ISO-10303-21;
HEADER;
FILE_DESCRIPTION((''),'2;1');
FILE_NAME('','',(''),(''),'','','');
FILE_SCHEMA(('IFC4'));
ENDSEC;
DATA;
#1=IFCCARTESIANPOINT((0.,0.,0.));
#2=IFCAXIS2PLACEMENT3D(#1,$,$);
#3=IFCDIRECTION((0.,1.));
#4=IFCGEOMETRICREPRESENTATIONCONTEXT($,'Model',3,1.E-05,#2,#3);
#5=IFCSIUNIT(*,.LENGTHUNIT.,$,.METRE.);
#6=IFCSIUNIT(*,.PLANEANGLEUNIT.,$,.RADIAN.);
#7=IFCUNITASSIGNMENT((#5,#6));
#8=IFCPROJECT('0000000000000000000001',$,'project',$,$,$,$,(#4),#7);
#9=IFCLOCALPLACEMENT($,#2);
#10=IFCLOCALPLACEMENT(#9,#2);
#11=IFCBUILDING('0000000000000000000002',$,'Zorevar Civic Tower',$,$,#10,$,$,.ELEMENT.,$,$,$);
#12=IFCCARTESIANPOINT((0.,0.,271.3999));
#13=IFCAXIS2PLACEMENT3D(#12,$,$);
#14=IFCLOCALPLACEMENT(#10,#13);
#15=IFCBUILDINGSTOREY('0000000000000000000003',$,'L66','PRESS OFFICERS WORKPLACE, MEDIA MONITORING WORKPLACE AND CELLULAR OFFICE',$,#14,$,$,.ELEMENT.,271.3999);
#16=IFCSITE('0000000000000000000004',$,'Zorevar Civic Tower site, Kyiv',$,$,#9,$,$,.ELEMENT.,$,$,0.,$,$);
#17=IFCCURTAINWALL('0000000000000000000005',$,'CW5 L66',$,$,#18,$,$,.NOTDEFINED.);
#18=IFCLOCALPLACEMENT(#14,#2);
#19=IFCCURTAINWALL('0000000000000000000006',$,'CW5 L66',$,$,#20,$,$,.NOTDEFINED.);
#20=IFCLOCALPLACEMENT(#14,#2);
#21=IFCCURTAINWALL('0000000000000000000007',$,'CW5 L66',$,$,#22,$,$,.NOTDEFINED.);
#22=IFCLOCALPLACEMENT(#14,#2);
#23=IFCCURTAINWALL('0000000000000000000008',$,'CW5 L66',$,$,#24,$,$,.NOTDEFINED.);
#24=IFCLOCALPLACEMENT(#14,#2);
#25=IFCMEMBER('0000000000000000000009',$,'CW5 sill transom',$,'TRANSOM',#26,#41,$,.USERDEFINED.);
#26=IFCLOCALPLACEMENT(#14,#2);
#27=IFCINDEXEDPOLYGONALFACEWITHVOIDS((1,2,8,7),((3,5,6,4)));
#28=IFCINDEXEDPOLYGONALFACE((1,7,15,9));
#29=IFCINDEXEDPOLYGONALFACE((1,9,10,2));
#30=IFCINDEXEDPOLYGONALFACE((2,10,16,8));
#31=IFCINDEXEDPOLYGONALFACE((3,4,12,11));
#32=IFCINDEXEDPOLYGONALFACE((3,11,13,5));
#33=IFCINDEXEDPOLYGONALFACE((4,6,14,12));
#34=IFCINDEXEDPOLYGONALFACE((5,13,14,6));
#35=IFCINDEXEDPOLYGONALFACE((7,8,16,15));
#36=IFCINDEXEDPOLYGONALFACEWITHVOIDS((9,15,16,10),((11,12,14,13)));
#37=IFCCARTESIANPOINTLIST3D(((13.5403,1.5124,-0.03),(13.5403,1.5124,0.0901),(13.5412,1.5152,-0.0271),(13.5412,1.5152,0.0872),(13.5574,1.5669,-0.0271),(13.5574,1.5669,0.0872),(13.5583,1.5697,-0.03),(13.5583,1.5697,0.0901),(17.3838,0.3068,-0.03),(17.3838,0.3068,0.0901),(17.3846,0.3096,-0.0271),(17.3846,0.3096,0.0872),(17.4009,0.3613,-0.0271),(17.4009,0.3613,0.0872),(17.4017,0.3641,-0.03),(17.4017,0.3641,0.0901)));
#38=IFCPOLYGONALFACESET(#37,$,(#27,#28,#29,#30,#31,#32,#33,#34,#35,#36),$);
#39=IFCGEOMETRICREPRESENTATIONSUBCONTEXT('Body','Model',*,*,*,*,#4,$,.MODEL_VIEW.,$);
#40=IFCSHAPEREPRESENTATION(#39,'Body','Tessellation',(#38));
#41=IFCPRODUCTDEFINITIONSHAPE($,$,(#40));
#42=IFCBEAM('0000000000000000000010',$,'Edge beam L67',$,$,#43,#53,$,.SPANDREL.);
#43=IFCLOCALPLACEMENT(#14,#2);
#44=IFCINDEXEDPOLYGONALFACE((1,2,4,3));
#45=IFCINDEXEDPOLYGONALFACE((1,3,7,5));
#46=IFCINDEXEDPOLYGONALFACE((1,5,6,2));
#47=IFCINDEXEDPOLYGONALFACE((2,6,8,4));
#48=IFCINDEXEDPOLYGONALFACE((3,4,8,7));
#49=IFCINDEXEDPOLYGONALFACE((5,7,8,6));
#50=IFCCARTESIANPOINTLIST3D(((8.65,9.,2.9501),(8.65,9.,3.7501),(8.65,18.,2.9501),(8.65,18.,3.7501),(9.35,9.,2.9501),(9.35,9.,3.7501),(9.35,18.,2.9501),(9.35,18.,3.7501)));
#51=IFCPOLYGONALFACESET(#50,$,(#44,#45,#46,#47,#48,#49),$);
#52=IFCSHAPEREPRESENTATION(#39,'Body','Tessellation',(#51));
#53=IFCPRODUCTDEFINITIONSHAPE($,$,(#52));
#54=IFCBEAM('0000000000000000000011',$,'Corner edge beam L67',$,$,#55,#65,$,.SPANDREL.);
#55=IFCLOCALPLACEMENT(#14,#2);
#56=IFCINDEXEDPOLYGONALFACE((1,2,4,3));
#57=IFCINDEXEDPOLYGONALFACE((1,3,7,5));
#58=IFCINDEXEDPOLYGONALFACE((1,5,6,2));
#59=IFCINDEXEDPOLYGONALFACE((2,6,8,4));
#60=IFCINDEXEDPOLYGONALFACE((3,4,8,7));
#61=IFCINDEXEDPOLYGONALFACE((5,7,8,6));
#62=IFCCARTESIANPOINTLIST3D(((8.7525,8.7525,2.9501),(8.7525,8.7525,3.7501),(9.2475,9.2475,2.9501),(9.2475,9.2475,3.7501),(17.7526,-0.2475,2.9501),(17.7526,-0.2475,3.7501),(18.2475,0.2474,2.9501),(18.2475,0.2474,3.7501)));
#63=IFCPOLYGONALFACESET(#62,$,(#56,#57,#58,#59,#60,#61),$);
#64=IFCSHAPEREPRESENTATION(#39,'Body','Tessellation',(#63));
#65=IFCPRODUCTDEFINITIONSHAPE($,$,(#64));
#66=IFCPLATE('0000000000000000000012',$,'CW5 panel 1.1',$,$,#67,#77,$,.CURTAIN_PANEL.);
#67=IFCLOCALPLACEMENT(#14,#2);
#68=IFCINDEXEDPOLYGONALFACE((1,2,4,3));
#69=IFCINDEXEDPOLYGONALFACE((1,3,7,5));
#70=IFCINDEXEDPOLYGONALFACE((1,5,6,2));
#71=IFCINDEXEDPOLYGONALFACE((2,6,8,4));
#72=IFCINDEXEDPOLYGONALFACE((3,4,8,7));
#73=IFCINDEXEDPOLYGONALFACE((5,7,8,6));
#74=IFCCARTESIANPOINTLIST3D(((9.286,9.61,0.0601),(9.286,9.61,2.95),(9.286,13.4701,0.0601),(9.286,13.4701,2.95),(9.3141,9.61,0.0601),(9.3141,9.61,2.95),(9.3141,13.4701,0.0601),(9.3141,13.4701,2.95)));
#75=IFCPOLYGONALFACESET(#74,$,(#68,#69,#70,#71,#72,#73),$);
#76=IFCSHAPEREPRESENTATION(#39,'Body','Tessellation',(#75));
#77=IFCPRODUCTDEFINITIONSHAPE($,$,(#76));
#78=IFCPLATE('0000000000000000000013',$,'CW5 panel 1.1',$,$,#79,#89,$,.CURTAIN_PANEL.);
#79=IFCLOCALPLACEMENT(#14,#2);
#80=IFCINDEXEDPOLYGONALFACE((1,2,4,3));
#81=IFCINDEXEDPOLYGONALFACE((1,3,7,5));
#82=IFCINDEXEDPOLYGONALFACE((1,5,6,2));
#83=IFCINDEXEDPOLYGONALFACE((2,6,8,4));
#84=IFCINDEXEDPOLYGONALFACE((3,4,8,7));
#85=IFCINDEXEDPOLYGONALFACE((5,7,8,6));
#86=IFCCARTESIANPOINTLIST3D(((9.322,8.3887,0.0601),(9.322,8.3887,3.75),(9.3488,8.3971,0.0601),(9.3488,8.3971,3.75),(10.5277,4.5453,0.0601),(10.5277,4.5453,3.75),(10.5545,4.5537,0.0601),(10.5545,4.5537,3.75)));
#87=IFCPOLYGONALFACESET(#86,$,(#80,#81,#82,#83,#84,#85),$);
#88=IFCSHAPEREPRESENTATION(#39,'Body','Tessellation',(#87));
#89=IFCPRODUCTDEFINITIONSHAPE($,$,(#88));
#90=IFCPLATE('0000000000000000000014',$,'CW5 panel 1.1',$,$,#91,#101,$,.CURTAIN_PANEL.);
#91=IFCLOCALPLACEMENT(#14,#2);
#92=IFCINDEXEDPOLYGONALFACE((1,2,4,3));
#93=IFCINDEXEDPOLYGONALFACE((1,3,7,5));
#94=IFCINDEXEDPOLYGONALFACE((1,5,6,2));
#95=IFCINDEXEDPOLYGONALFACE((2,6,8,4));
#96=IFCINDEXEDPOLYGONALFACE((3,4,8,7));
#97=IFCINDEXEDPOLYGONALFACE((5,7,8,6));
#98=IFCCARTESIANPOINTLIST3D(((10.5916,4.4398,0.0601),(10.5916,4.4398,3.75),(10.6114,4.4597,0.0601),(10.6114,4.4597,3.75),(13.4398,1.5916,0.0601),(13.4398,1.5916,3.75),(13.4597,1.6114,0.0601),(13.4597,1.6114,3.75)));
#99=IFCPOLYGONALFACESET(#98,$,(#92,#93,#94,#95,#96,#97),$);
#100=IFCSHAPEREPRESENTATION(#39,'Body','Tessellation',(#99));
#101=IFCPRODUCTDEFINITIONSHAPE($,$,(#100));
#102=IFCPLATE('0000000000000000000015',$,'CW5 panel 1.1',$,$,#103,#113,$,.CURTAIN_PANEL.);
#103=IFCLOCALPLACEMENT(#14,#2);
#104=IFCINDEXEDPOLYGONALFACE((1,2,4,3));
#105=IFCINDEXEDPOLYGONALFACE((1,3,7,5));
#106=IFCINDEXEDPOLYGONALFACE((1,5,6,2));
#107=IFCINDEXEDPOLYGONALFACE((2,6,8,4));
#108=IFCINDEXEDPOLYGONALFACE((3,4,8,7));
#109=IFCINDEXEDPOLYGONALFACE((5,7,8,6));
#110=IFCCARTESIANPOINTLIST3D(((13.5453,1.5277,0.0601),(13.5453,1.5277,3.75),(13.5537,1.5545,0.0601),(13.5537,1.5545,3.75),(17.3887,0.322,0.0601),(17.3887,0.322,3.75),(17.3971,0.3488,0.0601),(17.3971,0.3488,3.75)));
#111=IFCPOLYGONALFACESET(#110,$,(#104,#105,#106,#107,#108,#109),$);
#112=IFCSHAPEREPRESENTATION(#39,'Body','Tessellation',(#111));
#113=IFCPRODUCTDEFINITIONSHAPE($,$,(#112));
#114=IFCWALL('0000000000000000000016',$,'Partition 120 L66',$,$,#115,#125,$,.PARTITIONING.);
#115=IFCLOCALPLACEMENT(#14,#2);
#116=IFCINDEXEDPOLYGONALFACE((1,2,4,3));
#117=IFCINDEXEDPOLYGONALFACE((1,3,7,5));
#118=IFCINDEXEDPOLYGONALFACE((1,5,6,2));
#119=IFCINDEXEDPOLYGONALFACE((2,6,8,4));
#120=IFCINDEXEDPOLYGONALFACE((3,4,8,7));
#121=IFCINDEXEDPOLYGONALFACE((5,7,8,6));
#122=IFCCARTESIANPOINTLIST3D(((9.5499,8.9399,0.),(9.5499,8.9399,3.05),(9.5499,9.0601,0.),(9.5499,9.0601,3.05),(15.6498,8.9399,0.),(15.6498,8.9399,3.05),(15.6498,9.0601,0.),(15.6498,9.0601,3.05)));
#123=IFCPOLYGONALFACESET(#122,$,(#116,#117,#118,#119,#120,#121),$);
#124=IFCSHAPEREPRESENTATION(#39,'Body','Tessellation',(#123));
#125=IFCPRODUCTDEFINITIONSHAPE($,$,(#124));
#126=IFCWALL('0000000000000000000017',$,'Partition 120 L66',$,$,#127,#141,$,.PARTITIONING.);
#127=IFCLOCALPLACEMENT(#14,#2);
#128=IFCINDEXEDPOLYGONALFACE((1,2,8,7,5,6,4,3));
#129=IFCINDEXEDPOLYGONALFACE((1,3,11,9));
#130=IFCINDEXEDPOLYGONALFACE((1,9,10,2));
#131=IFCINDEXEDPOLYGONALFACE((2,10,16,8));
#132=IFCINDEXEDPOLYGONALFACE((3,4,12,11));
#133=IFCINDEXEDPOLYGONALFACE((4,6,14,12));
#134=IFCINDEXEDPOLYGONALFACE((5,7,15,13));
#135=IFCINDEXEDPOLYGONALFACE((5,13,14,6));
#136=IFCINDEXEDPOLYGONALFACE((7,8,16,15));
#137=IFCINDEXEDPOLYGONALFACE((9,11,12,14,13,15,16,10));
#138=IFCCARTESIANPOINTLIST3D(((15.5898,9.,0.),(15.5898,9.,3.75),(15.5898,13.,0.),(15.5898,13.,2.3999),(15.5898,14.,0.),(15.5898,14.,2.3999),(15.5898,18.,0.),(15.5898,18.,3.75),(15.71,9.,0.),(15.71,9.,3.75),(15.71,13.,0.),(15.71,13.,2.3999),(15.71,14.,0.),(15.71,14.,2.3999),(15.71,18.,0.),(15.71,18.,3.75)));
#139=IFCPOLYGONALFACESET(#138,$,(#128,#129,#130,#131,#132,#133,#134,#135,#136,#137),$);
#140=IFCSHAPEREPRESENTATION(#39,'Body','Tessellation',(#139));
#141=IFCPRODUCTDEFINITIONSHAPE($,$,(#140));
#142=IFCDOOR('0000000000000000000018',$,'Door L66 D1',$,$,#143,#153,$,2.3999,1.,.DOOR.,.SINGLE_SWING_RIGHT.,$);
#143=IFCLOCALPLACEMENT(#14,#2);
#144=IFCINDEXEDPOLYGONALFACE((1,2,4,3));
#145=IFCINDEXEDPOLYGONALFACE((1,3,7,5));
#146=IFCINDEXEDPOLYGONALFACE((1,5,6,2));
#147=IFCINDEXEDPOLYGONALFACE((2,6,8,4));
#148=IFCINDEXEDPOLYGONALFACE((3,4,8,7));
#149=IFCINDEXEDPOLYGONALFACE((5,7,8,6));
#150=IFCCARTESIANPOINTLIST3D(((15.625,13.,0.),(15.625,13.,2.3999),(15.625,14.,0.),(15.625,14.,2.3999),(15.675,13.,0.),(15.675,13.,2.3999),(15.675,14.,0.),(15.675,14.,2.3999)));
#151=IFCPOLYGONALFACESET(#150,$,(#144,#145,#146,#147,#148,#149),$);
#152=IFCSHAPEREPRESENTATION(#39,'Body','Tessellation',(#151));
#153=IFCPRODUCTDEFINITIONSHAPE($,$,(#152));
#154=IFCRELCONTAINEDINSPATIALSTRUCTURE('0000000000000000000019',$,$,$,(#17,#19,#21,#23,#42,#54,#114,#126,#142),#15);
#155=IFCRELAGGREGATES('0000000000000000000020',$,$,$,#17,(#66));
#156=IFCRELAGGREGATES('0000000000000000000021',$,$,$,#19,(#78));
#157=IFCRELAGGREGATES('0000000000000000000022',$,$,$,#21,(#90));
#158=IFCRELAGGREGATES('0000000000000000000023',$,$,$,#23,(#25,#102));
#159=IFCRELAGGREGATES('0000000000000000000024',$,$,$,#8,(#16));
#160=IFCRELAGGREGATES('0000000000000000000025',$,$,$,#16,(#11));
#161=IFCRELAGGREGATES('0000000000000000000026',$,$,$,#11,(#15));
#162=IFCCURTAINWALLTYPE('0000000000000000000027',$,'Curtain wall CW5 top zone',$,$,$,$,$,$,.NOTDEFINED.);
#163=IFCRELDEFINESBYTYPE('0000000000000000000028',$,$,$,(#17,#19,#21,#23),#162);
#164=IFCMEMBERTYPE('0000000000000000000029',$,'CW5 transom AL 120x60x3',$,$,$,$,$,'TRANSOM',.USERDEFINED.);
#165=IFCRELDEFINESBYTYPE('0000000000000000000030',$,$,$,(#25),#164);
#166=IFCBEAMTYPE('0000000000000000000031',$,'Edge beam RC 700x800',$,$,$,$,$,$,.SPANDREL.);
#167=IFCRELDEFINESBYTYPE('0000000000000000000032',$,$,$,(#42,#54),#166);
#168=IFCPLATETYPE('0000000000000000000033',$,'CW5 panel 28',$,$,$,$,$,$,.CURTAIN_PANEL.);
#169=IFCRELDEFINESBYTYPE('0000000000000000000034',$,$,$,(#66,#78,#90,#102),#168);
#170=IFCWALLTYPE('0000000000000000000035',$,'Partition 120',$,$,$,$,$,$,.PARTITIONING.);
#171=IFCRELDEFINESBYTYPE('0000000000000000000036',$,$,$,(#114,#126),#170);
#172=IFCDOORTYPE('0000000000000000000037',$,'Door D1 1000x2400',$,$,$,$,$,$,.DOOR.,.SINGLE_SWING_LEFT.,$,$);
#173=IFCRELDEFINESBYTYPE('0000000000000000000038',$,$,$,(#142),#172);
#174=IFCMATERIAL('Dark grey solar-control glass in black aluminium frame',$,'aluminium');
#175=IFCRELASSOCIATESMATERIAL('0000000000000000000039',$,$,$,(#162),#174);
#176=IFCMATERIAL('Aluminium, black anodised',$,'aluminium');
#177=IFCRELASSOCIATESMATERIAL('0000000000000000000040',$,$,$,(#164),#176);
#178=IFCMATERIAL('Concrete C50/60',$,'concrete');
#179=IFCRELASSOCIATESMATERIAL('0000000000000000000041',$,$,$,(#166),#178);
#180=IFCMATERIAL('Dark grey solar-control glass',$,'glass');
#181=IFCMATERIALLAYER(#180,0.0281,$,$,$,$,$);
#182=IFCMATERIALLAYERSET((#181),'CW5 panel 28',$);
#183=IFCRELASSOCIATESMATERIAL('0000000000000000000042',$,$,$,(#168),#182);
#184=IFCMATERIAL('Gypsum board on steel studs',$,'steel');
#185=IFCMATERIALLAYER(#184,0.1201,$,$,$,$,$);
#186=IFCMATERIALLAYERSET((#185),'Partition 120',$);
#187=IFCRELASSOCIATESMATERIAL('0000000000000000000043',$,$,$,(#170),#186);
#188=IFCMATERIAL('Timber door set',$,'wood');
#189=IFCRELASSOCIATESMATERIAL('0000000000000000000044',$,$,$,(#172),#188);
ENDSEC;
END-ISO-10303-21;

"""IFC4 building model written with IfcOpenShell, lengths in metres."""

from ifc_helpers import new_model, si_unit, direction, frame, frame_2d, origin, origin_2d, place, context, subcontext, project, spatial, rectangle, hollow_rectangle, extrude, material, layer, layer_set, material_profile, profile_set, type_object, element, fill, aggregate, save


model = new_model("IFC4")

# Units and contexts
model_context = context("Model", 3, precision=1e-05, world=origin(), true_north=direction((0.0, 1.0)))
body_context = subcontext(model_context, "Body", "Model", "MODEL_VIEW")
ifc_project = project(units=[si_unit("LENGTHUNIT", "METRE"), si_unit("PLANEANGLEUNIT", "RADIAN")], contexts=[model_context])

# Site, building, storey
site_placement = place(None, origin())
site = spatial("IfcSite", under=ifc_project, at=site_placement, Name="Zorevar Civic Tower site, Kyiv", CompositionType="ELEMENT", RefElevation=0.0)
building_placement = place(site_placement, origin())
building = spatial("IfcBuilding", under=site, at=building_placement, Name="Zorevar Civic Tower", CompositionType="ELEMENT")
storey_placement = place(building_placement, frame((0.0, 0.0, 271.3999)))
storey = spatial("IfcBuildingStorey", under=building, at=storey_placement, Name="L66", Description="PRESS OFFICERS WORKPLACE, MEDIA MONITORING WORKPLACE AND CELLULAR OFFICE", CompositionType="ELEMENT", Elevation=271.3999)

# Curtain walls
ifc_material_1 = material(Name="Dark grey solar-control glass in black aluminium frame", Category="aluminium")
curtain_wall_type = type_object("IfcCurtainWallType", Name="Curtain wall CW5 top zone", PredefinedType="NOTDEFINED", material=ifc_material_1)
curtain_wall_1_placement = place(storey_placement, origin())
curtain_wall_1 = element("IfcCurtainWall", 1, at=curtain_wall_1_placement, inside=storey, type_object=curtain_wall_type, Name="CW5 L66", PredefinedType="NOTDEFINED")
curtain_wall_2_placement = place(storey_placement, origin())
curtain_wall_2 = element("IfcCurtainWall", 2, at=curtain_wall_2_placement, inside=storey, type_object=curtain_wall_type, Name="CW5 L66", PredefinedType="NOTDEFINED")
curtain_wall_3_placement = place(storey_placement, origin())
curtain_wall_3 = element("IfcCurtainWall", 3, at=curtain_wall_3_placement, inside=storey, type_object=curtain_wall_type, Name="CW5 L66", PredefinedType="NOTDEFINED")

# Curtain wall
curtain_wall_4_placement = place(storey_placement, origin())
curtain_wall_4 = element("IfcCurtainWall", 4, at=curtain_wall_4_placement, inside=storey, type_object=curtain_wall_type, Name="CW5 L66", PredefinedType="NOTDEFINED")

# Member
ifc_material_2 = material(Name="Aluminium, black anodised", Category="aluminium")
ifc_material_profile_1 = material_profile(ifc_material_2, hollow_rectangle(XDim=0.0601, YDim=0.1201, WallThickness=0.0029, at=origin_2d()), Name="AL 120x60x3")
ifc_profile_set_1 = profile_set([ifc_material_profile_1], Name="Aluminium, black anodised")
member_type_1 = type_object("IfcMemberType", Name="CW5 transom AL 120x60x3", ElementType="TRANSOM", PredefinedType="USERDEFINED", material=ifc_profile_set_1)
member_1_placement = place(storey_placement, frame((13.5493, 1.541, 0.03), z_axis=(0.954163, -0.299286, 0.0), x_axis=(0.299286, 0.954163, 0.0)))
member_1 = element("IfcMember", 5, at=member_1_placement, type_object=member_type_1, Name="CW5 sill transom", ObjectType="TRANSOM", PredefinedType="USERDEFINED", context=body_context, shape_type="SweptSolid", body=[
    extrude(hollow_rectangle(XDim=0.0601, YDim=0.1201, WallThickness=0.0029, at=origin_2d()), origin(), (0.0, 0.0, 1.0), 4.0281),
])

# Beams
ifc_material_3 = material(Name="Concrete C50/60", Category="concrete")
ifc_material_profile_2 = material_profile(ifc_material_3, rectangle(XDim=0.7, YDim=0.8, at=origin_2d()), Name="RC 700x800")
ifc_profile_set_2 = profile_set([ifc_material_profile_2], Name="Concrete C50/60")
beam_type_1 = type_object("IfcBeamType", Name="Edge beam RC 700x800", PredefinedType="SPANDREL", material=ifc_profile_set_2)
beam_1_placement = place(storey_placement, frame((9.0, 9.0, 3.3501), z_axis=(0.0, 1.0, 0.0), x_axis=(-1.0, 0.0, 0.0)))
element("IfcBeam", 6, at=beam_1_placement, inside=storey, type_object=beam_type_1, Name="Edge beam L67", PredefinedType="SPANDREL", context=body_context, shape_type="SweptSolid", body=[
    extrude(rectangle(XDim=0.7, YDim=0.8, at=origin_2d()), origin(), (0.0, 0.0, 1.0), 9.0),
])
beam_2_placement = place(storey_placement, frame((9.0, 9.0, 3.3501), z_axis=(0.707107, -0.707107, 0.0), x_axis=(0.707107, 0.707107, 0.0)))
element("IfcBeam", 7, at=beam_2_placement, inside=storey, type_object=beam_type_1, Name="Corner edge beam L67", PredefinedType="SPANDREL", context=body_context, shape_type="SweptSolid", body=[
    extrude(rectangle(XDim=0.7, YDim=0.8, at=origin_2d()), origin(), (0.0, 0.0, 1.0), 12.728),
])

# Plates
ifc_material_4 = material(Name="Dark grey solar-control glass", Category="glass")
ifc_layer_1 = layer(ifc_material_4, 0.0281)
ifc_layer_set_1 = layer_set([ifc_layer_1], Name="CW5 panel 28")
plate_type = type_object("IfcPlateType", Name="CW5 panel 28", PredefinedType="CURTAIN_PANEL", material=ifc_layer_set_1)
plate_1_placement = place(storey_placement, frame((9.3, 11.54, 0.0601), z_axis=(0.0, 0.0, 1.0), x_axis=(0.0, 1.0, 0.0)))
plate_1 = element("IfcPlate", 8, at=plate_1_placement, type_object=plate_type, Name="CW5 panel 1.1", PredefinedType="CURTAIN_PANEL", context=body_context, shape_type="SweptSolid", body=[
    extrude(rectangle(XDim=3.8601, YDim=0.0281, at=origin_2d()), origin(), (0.0, 0.0, 1.0), 2.8899),
])
aggregate(curtain_wall_1, [plate_1])
plate_2_placement = place(storey_placement, frame((9.9382, 6.4712, 0.0601), z_axis=(0.0, 0.0, 1.0), x_axis=(0.299318, -0.954153, 0.0)))
plate_2 = element("IfcPlate", 9, at=plate_2_placement, type_object=plate_type, Name="CW5 panel 1.1", PredefinedType="CURTAIN_PANEL", context=body_context, shape_type="SweptSolid", body=[
    extrude(rectangle(XDim=4.0281, YDim=0.0281, at=origin_2d()), origin(), (0.0, 0.0, 1.0), 3.6899),
])
aggregate(curtain_wall_2, [plate_2])
plate_3_placement = place(storey_placement, frame((12.0256, 3.0256, 0.0601), z_axis=(0.0, 0.0, 1.0), x_axis=(0.707107, -0.707107, 0.0)))
plate_3 = element("IfcPlate", 10, at=plate_3_placement, type_object=plate_type, Name="CW5 panel 1.1", PredefinedType="CURTAIN_PANEL", context=body_context, shape_type="SweptSolid", body=[
    extrude(rectangle(XDim=4.0281, YDim=0.0281, at=origin_2d()), origin(), (0.0, 0.0, 1.0), 3.6899),
])
aggregate(curtain_wall_3, [plate_3])
plate_4_placement = place(storey_placement, frame((15.4712, 0.9382, 0.0601), z_axis=(0.0, 0.0, 1.0), x_axis=(0.954153, -0.299318, 0.0)))
plate_4 = element("IfcPlate", 11, at=plate_4_placement, type_object=plate_type, Name="CW5 panel 1.1", PredefinedType="CURTAIN_PANEL", context=body_context, shape_type="SweptSolid", body=[
    extrude(rectangle(XDim=4.0281, YDim=0.0281, at=origin_2d()), origin(), (0.0, 0.0, 1.0), 3.6899),
])
aggregate(curtain_wall_4, [member_1, plate_4])

# Wall
ifc_material_5 = material(Name="Gypsum board on steel studs", Category="steel")
ifc_layer_2 = layer(ifc_material_5, 0.1201)
ifc_layer_set_2 = layer_set([ifc_layer_2], Name="Partition 120")
wall_type = type_object("IfcWallType", Name="Partition 120", PredefinedType="PARTITIONING", material=ifc_layer_set_2)
wall_1_placement = place(storey_placement, frame((9.55, 9.0, 0.0), z_axis=(0.0, 0.0, 1.0), x_axis=(1.0, 0.0, 0.0)))
element("IfcWall", 12, at=wall_1_placement, inside=storey, type_object=wall_type, Name="Partition 120 L66", PredefinedType="PARTITIONING", context=body_context, shape_type="SweptSolid", body=[
    extrude(rectangle(XDim=6.0999, YDim=0.1201, at=frame_2d((3.0498, 0.0))), origin(), (0.0, 0.0, 1.0), 3.05),
])

# Wall, opening, door
wall_2_placement = place(storey_placement, frame((15.6499, 9.0, 0.0), z_axis=(0.0, 0.0, 1.0), x_axis=(0.0, 1.0, 0.0)))
wall_2 = element("IfcWall", 13, at=wall_2_placement, inside=storey, type_object=wall_type, Name="Partition 120 L66", PredefinedType="PARTITIONING", context=body_context, shape_type="SweptSolid", body=[
    extrude(rectangle(XDim=9.0, YDim=0.1201, at=frame_2d((4.5, 0.0))), origin(), (0.0, 0.0, 1.0), 3.75),
])
opening_placement = place(wall_2_placement, frame((4.0, 0.0, 0.0)))
opening = element("IfcOpeningElement", 14, at=opening_placement, cuts=wall_2, PredefinedType="OPENING", context=body_context, shape_type="SweptSolid", body=[
    extrude(rectangle(XDim=1.0, YDim=2.3999, at=frame_2d((0.5, 1.2))), frame((0.0, 0.0701, 0.0), z_axis=(0.0, -1.0, 0.0), x_axis=(1.0, 0.0, 0.0)), (0.0, 0.0, 1.0), 0.1401),
])
ifc_material_6 = material(Name="Timber door set", Category="wood")
door_type = type_object("IfcDoorType", Name="Door D1 1000x2400", OperationType="SINGLE_SWING_LEFT", PredefinedType="DOOR", material=ifc_material_6)
door_placement = place(opening_placement, origin())
door = element("IfcDoor", 15, at=door_placement, inside=storey, type_object=door_type, Name="Door L66 D1", OperationType="SINGLE_SWING_RIGHT", OverallHeight=2.3999, OverallWidth=1.0, PredefinedType="DOOR", context=body_context, shape_type="SweptSolid", body=[
    extrude(rectangle(XDim=1.0, YDim=2.3999, at=frame_2d((0.5, 1.2))), frame((0.0, 0.0249, 0.0), z_axis=(0.0, -1.0, 0.0), x_axis=(1.0, 0.0, 0.0)), (0.0, 0.0, 1.0), 0.05),
])
fill(opening, door)

save(model, "model.ifc")
